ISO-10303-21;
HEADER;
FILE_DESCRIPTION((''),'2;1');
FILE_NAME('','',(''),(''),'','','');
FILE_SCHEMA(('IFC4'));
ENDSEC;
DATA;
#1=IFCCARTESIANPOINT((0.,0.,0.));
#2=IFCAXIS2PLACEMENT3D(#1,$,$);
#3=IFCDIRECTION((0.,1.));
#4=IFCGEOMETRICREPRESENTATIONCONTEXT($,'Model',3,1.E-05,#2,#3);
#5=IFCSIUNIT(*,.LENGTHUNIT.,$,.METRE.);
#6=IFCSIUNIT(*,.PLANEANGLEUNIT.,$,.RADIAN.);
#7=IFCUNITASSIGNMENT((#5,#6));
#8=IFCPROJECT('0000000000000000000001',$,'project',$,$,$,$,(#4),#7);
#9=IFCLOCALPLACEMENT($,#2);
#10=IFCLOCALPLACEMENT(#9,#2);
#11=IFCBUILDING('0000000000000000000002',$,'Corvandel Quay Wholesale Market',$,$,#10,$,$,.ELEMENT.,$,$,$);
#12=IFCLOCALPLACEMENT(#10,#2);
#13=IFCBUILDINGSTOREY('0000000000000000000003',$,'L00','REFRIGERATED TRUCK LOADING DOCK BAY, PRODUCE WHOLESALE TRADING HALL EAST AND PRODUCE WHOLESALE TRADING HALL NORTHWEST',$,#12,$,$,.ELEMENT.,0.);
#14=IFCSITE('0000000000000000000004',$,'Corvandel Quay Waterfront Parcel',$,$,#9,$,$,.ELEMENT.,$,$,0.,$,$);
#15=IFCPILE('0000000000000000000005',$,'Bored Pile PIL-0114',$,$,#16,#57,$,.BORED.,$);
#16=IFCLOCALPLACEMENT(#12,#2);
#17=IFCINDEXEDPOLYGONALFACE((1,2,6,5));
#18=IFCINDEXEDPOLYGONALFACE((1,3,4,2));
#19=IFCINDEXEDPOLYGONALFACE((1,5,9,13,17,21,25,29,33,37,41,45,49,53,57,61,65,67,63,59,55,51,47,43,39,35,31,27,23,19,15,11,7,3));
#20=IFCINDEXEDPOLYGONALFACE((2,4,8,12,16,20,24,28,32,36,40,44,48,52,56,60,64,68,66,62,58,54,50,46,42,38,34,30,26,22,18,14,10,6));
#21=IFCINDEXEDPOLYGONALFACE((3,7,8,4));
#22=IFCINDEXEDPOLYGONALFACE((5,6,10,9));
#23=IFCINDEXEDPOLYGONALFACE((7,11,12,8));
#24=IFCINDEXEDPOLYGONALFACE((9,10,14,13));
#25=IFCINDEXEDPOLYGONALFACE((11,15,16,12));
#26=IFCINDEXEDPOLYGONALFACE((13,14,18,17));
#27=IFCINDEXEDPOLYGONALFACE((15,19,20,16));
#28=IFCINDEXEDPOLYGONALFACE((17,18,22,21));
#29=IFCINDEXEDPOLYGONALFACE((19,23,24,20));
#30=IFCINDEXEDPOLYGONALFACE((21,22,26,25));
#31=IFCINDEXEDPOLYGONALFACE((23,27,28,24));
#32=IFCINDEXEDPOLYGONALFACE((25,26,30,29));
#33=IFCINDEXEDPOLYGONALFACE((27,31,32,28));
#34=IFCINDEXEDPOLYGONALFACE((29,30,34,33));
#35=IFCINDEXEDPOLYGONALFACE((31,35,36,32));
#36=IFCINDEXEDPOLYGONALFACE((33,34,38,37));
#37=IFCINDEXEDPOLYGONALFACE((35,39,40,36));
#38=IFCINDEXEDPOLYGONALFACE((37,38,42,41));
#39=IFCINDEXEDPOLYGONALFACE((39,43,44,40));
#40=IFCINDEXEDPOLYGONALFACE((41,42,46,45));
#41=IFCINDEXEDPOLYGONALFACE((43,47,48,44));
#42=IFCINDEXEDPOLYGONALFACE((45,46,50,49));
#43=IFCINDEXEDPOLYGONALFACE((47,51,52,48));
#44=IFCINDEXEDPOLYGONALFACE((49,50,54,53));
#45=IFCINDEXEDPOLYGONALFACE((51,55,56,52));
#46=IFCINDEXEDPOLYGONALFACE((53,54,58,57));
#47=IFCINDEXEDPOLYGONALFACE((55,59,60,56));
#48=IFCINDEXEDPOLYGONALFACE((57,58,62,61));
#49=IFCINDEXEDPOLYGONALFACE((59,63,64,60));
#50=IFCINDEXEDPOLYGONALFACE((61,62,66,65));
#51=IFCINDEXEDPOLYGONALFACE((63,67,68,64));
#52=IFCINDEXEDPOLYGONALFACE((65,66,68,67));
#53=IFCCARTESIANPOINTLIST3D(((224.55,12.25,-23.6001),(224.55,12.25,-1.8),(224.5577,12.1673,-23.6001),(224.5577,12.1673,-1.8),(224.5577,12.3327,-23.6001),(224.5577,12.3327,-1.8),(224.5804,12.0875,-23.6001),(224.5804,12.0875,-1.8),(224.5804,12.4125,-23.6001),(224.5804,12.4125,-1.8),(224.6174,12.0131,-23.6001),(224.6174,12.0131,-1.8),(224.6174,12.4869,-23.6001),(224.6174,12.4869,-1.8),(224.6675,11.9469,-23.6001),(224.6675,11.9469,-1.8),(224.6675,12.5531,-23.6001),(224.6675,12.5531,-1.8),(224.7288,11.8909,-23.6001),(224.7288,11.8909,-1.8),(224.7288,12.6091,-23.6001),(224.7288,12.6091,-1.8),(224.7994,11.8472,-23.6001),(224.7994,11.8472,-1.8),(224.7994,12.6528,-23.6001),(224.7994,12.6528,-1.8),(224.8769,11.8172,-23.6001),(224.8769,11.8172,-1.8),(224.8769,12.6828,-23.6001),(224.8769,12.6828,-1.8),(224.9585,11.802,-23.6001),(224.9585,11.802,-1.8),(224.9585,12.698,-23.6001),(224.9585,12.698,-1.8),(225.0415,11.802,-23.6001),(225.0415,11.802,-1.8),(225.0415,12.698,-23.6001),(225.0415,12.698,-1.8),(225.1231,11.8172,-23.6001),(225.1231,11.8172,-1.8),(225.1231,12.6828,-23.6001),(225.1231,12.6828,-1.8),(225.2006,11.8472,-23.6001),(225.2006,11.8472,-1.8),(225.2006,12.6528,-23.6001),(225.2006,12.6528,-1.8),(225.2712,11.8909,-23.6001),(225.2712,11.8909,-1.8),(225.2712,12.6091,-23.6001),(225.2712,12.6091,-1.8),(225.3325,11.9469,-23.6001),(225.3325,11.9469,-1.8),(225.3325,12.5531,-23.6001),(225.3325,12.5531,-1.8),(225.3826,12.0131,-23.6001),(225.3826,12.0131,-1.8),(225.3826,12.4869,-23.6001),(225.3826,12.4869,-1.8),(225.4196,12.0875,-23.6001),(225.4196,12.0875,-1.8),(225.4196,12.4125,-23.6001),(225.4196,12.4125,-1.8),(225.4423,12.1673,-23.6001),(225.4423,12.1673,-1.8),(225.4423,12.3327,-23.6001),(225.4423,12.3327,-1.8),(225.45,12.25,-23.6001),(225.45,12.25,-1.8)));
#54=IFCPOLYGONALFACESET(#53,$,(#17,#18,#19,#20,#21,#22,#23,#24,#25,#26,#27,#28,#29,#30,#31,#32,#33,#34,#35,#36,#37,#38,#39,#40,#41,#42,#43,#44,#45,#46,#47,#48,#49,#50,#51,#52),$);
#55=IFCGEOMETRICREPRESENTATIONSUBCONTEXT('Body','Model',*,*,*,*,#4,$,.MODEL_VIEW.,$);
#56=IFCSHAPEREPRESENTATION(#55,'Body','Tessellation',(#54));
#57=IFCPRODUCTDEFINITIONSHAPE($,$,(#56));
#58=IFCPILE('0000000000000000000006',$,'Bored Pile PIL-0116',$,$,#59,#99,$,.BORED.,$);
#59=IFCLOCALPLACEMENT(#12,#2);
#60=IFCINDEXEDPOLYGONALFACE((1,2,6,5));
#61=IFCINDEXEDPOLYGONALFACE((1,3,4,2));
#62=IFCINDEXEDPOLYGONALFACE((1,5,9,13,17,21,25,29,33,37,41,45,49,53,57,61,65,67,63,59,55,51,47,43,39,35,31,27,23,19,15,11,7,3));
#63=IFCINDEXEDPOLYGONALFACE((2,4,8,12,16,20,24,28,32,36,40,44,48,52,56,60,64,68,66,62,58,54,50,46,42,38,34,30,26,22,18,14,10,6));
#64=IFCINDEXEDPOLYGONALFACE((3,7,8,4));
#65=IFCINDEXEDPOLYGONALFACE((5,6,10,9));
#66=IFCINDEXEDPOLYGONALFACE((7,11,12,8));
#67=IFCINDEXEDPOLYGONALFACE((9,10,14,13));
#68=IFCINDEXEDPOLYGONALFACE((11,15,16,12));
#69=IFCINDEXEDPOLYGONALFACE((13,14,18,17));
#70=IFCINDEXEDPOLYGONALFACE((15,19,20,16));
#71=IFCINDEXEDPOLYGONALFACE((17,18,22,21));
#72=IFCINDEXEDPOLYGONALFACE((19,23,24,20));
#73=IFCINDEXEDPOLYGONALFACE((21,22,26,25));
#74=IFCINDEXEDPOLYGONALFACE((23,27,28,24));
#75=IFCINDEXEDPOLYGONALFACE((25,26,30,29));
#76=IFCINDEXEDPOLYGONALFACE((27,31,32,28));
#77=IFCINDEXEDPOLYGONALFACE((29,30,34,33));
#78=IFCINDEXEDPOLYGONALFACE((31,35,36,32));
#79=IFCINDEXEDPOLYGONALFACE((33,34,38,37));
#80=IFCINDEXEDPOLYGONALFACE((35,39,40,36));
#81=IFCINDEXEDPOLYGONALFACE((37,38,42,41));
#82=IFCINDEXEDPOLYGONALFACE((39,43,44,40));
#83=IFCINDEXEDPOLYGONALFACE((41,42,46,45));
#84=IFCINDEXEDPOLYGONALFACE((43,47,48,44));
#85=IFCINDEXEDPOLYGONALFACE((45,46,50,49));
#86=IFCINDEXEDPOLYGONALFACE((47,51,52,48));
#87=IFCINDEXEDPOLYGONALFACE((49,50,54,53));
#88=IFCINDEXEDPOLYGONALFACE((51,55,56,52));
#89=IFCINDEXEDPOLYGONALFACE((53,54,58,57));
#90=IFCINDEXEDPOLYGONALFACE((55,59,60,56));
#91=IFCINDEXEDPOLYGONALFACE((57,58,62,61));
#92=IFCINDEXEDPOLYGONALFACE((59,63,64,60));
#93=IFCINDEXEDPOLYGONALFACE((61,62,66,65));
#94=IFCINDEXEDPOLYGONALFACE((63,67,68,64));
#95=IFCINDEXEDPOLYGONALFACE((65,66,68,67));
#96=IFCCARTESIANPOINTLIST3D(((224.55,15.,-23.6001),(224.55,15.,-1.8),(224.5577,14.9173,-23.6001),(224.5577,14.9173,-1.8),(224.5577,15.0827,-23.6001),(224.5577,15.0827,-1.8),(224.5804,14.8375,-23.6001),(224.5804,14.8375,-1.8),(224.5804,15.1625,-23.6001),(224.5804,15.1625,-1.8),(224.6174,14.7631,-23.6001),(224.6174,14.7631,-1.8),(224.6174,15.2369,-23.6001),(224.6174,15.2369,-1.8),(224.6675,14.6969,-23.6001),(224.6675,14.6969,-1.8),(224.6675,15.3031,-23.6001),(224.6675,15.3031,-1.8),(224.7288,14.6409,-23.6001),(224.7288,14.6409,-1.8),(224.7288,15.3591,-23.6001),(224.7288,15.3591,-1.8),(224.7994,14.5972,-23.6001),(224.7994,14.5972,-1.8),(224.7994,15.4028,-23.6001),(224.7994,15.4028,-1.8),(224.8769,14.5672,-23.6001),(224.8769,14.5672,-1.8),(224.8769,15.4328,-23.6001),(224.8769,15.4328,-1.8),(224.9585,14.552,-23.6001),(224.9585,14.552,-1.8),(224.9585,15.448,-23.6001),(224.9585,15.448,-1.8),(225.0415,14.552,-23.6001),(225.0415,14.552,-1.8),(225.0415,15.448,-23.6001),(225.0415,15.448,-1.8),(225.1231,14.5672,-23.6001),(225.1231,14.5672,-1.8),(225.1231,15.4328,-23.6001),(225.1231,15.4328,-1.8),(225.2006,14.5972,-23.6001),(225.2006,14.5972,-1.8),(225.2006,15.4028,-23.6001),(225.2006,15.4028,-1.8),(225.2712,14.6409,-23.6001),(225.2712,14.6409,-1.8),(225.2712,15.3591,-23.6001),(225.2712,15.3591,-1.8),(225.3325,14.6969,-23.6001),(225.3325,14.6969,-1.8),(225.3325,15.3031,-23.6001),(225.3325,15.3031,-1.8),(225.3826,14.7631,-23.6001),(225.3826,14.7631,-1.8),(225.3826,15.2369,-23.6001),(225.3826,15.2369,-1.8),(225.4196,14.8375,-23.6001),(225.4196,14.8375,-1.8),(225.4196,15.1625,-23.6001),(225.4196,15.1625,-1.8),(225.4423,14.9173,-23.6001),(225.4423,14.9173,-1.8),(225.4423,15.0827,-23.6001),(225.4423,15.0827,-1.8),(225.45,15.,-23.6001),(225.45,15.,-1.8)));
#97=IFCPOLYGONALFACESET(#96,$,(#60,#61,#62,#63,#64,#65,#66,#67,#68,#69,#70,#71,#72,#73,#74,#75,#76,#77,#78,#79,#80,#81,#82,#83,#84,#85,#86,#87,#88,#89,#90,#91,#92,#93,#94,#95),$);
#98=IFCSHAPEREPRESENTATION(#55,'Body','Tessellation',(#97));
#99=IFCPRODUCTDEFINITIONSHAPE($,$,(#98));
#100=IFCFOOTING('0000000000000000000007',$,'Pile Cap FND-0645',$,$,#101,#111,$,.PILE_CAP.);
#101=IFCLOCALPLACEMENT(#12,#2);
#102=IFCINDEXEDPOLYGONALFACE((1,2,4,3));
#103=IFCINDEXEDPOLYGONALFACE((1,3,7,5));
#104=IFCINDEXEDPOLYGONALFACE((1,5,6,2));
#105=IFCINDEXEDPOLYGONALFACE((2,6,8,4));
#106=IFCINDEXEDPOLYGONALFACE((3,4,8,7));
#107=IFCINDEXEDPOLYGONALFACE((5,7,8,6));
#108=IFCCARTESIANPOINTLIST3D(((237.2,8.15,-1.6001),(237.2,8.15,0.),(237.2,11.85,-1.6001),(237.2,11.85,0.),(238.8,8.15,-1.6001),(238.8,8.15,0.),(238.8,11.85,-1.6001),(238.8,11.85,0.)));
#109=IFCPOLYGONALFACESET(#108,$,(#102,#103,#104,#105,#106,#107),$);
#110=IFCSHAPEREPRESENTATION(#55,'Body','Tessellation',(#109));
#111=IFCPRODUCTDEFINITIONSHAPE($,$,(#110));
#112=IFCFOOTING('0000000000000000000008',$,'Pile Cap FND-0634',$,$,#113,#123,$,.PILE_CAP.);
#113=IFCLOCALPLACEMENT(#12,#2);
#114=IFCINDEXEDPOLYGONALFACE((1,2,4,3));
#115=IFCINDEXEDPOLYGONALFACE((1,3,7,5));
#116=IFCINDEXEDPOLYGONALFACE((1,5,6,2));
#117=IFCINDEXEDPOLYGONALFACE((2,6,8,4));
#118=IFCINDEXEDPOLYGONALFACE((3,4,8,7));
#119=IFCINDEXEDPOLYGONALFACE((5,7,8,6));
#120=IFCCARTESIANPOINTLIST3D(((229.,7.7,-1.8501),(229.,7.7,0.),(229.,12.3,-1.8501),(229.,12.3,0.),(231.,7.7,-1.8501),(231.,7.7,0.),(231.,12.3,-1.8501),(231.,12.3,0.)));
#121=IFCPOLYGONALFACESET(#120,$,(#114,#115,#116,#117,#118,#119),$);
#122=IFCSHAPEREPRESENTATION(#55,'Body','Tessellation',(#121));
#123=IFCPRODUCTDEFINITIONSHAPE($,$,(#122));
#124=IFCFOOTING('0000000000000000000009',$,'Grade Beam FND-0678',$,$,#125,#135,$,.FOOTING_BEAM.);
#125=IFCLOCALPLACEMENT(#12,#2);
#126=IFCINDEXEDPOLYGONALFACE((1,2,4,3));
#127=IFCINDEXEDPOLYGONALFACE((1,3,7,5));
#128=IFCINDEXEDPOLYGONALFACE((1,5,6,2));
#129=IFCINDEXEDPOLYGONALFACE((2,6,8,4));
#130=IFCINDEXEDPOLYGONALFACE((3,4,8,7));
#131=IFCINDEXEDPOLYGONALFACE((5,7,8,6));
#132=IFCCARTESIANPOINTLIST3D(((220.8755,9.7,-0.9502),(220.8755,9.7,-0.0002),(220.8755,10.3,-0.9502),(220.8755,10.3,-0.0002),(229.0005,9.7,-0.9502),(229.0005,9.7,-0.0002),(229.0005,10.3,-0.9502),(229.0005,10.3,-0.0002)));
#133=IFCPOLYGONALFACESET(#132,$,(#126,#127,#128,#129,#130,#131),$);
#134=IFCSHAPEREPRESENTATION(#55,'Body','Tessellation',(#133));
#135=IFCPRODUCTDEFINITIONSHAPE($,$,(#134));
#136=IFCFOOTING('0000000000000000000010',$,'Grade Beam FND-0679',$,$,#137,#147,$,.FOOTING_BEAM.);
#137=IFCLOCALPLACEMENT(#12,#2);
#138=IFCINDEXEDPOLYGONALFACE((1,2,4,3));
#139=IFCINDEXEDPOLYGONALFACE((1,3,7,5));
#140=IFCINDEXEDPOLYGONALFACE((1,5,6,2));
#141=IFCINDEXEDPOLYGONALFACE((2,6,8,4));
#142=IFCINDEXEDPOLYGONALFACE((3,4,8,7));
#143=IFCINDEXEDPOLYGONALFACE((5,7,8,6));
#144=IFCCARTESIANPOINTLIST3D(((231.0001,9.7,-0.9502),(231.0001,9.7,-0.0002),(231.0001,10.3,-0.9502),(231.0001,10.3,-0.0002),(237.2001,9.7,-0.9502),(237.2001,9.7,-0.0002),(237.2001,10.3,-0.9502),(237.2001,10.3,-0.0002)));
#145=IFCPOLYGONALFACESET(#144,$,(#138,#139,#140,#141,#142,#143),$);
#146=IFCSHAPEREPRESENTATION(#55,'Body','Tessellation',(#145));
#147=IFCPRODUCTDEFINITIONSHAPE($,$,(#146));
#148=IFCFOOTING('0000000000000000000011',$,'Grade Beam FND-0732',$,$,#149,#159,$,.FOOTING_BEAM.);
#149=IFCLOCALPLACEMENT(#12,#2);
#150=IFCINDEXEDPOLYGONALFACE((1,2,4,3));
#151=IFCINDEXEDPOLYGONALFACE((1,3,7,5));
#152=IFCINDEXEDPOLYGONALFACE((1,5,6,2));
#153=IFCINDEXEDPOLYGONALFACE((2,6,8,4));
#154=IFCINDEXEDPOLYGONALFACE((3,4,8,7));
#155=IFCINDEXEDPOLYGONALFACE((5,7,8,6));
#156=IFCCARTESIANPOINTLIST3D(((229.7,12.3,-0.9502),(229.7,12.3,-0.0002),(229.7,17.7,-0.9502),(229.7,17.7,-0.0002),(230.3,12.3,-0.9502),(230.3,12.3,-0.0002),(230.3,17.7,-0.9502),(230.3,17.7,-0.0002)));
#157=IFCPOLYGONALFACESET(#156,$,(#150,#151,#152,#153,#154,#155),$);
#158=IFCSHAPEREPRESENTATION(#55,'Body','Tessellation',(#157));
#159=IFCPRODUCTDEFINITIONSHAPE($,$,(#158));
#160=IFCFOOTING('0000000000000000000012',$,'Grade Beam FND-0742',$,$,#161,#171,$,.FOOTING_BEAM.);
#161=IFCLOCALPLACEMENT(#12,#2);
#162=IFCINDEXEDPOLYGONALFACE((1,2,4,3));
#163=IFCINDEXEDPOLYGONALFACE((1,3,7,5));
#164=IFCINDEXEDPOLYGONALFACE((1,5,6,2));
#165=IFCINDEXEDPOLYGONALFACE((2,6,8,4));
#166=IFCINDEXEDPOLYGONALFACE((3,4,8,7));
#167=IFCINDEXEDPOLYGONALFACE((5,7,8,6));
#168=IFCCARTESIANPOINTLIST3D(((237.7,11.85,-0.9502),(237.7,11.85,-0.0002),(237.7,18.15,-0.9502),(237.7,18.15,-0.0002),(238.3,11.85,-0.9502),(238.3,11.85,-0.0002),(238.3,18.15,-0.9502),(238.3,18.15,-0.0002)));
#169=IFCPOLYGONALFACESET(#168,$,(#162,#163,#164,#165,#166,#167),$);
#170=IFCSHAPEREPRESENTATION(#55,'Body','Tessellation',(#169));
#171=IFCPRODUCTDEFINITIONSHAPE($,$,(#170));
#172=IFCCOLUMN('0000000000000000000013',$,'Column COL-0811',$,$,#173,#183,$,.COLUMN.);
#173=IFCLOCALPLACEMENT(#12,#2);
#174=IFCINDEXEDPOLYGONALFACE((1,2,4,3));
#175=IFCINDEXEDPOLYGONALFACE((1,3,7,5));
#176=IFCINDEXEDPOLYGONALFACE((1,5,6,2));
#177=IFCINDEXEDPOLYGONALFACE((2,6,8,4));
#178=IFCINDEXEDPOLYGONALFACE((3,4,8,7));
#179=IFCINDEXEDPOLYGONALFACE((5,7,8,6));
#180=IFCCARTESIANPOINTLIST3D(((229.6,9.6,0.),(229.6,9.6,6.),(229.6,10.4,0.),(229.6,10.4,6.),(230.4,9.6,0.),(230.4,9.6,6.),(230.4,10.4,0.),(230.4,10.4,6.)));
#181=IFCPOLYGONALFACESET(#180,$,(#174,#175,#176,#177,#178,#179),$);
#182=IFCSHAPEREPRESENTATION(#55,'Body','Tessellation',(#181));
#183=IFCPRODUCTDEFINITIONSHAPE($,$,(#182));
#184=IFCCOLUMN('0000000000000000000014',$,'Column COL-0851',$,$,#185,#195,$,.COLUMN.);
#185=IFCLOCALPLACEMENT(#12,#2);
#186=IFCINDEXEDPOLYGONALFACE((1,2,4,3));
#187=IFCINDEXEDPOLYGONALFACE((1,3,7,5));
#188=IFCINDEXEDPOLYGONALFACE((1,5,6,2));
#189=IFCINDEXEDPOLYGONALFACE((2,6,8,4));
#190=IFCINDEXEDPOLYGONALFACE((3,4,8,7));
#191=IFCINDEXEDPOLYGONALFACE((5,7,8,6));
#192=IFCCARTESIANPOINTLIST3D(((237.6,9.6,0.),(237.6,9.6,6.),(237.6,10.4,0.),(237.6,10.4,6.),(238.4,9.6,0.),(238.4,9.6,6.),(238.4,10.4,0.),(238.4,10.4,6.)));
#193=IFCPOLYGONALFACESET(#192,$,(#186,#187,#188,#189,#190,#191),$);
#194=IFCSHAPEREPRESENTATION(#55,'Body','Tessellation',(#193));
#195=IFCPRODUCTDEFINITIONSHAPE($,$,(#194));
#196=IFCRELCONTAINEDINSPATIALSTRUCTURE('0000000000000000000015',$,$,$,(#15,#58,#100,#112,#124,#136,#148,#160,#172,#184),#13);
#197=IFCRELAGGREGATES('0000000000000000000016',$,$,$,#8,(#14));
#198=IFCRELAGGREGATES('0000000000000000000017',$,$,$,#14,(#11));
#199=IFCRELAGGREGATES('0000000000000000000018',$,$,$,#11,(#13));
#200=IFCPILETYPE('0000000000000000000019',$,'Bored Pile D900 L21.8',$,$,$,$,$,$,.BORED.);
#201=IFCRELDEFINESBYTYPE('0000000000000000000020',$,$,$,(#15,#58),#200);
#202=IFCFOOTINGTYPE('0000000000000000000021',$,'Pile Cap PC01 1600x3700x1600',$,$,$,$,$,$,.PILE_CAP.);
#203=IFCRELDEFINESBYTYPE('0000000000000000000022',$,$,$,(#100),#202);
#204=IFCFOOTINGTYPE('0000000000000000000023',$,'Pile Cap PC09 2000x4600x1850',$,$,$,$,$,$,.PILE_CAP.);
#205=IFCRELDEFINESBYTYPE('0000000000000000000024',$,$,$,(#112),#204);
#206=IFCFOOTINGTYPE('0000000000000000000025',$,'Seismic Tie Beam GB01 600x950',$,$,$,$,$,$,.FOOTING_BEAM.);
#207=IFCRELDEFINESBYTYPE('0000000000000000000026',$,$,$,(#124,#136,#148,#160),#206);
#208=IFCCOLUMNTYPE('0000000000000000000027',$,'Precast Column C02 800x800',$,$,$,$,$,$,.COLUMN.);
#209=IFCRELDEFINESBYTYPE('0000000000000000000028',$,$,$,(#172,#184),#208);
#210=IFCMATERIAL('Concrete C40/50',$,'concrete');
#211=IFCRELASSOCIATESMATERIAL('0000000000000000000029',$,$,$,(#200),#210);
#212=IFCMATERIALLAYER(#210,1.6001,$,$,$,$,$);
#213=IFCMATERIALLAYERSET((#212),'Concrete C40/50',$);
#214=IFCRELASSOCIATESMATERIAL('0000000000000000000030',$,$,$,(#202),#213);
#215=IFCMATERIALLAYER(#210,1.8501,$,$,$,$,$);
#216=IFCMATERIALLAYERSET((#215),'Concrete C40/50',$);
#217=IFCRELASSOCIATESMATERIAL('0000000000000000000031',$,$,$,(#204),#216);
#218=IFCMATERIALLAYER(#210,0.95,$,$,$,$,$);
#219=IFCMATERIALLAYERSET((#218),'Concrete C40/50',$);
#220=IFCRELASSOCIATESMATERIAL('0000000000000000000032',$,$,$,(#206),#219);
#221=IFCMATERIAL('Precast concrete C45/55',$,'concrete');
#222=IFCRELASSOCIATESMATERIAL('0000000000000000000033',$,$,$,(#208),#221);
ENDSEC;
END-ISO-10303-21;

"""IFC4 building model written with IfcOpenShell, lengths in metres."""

from ifc_helpers import new_model, si_unit, direction, frame, origin, origin_2d, place, context, subcontext, project, spatial, rectangle, circle, extrude, material, layer, layer_set, material_profile, profile_set, type_object, element, save


model = new_model("IFC4")

# Units and contexts
model_context = context("Model", 3, precision=1e-05, world=origin(), true_north=direction((0.0, 1.0)))
body_context = subcontext(model_context, "Body", "Model", "MODEL_VIEW")
ifc_project = project(units=[si_unit("LENGTHUNIT", "METRE"), si_unit("PLANEANGLEUNIT", "RADIAN")], contexts=[model_context])

# Site, building, storey
site_placement = place(None, origin())
site = spatial("IfcSite", under=ifc_project, at=site_placement, Name="Corvandel Quay Waterfront Parcel", CompositionType="ELEMENT", RefElevation=0.0)
building_placement = place(site_placement, origin())
building = spatial("IfcBuilding", under=site, at=building_placement, Name="Corvandel Quay Wholesale Market", CompositionType="ELEMENT")
storey_placement = place(building_placement, origin())
storey = spatial("IfcBuildingStorey", under=building, at=storey_placement, Name="L00", Description="REFRIGERATED TRUCK LOADING DOCK BAY, PRODUCE WHOLESALE TRADING HALL EAST AND PRODUCE WHOLESALE TRADING HALL NORTHWEST", CompositionType="ELEMENT", Elevation=0.0)

# Piles
ifc_material_1 = material(Name="Concrete C40/50", Category="concrete")
ifc_material_profile_1 = material_profile(ifc_material_1, circle(Radius=0.45, at=origin_2d()), Name="RC-PILE-D900")
ifc_profile_set_1 = profile_set([ifc_material_profile_1], Name="Concrete C40/50")
pile_type_1 = type_object("IfcPileType", Name="Bored Pile D900 L21.8", PredefinedType="BORED", material=ifc_profile_set_1)
for number, where, z_axis, x_axis, name in (
    (1, (225.0, 12.25, -1.8), (0.0, 0.0, -1.0), (1.0, 0.0, 0.0), "Bored Pile PIL-0114"),
    (2, (225.0, 15.0, -1.8), (0.0, 0.0, -1.0), (1.0, 0.0, 0.0), "Bored Pile PIL-0116"),
):
    element("IfcPile", number, at=place(storey_placement, frame(where, z_axis=z_axis, x_axis=x_axis)), inside=storey, type_object=pile_type_1, Name=name, PredefinedType="BORED", context=body_context, shape_type="SweptSolid", body=[
        extrude(circle(Radius=0.45, at=origin_2d()), origin(), (0.0, 0.0, 1.0), 21.8),
    ])

# Footings
ifc_layer_1 = layer(ifc_material_1, 1.6001)
ifc_layer_set_1 = layer_set([ifc_layer_1], Name="Concrete C40/50")
footing_type_1 = type_object("IfcFootingType", Name="Pile Cap PC01 1600x3700x1600", PredefinedType="PILE_CAP", material=ifc_layer_set_1)
footing_1_placement = place(storey_placement, frame((238.0, 10.0, -1.6001), z_axis=(0.0, 0.0, 1.0), x_axis=(1.0, 0.0, 0.0)))
element("IfcFooting", 3, at=footing_1_placement, inside=storey, type_object=footing_type_1, Name="Pile Cap FND-0645", PredefinedType="PILE_CAP", context=body_context, shape_type="SweptSolid", body=[
    extrude(rectangle(XDim=1.6001, YDim=3.7, at=origin_2d()), origin(), (0.0, 0.0, 1.0), 1.6001),
])
ifc_layer_2 = layer(ifc_material_1, 1.8501)
ifc_layer_set_2 = layer_set([ifc_layer_2], Name="Concrete C40/50")
footing_type_2 = type_object("IfcFootingType", Name="Pile Cap PC09 2000x4600x1850", PredefinedType="PILE_CAP", material=ifc_layer_set_2)
footing_2_placement = place(storey_placement, frame((230.0, 10.0, -1.8501), z_axis=(0.0, 0.0, 1.0), x_axis=(1.0, 0.0, 0.0)))
element("IfcFooting", 4, at=footing_2_placement, inside=storey, type_object=footing_type_2, Name="Pile Cap FND-0634", PredefinedType="PILE_CAP", context=body_context, shape_type="SweptSolid", body=[
    extrude(rectangle(XDim=2.0, YDim=4.6001, at=origin_2d()), origin(), (0.0, 0.0, 1.0), 1.8501),
])
ifc_layer_3 = layer(ifc_material_1, 0.95)
ifc_layer_set_3 = layer_set([ifc_layer_3], Name="Concrete C40/50")
footing_type_3 = type_object("IfcFootingType", Name="Seismic Tie Beam GB01 600x950", PredefinedType="FOOTING_BEAM", material=ifc_layer_set_3)
footing_3_placement = place(storey_placement, frame((224.938, 10.0, -0.9502), z_axis=(0.0, 0.0, 1.0), x_axis=(1.0, 0.0, 0.0)))
element("IfcFooting", 5, at=footing_3_placement, inside=storey, type_object=footing_type_3, Name="Grade Beam FND-0678", PredefinedType="FOOTING_BEAM", context=body_context, shape_type="SweptSolid", body=[
    extrude(rectangle(XDim=8.125, YDim=0.6001, at=origin_2d()), origin(), (0.0, 0.0, 1.0), 0.95),
])
footing_4_placement = place(storey_placement, frame((234.1001, 10.0, -0.9502), z_axis=(0.0, 0.0, 1.0), x_axis=(1.0, 0.0, 0.0)))
element("IfcFooting", 6, at=footing_4_placement, inside=storey, type_object=footing_type_3, Name="Grade Beam FND-0679", PredefinedType="FOOTING_BEAM", context=body_context, shape_type="SweptSolid", body=[
    extrude(rectangle(XDim=6.2, YDim=0.6001, at=origin_2d()), origin(), (0.0, 0.0, 1.0), 0.95),
])
footing_5_placement = place(storey_placement, frame((230.0, 15.0, -0.9502), z_axis=(0.0, 0.0, 1.0), x_axis=(0.0, 1.0, 0.0)))
element("IfcFooting", 7, at=footing_5_placement, inside=storey, type_object=footing_type_3, Name="Grade Beam FND-0732", PredefinedType="FOOTING_BEAM", context=body_context, shape_type="SweptSolid", body=[
    extrude(rectangle(XDim=5.3999, YDim=0.6001, at=origin_2d()), origin(), (0.0, 0.0, 1.0), 0.95),
])
footing_6_placement = place(storey_placement, frame((238.0, 15.0, -0.9502), z_axis=(0.0, 0.0, 1.0), x_axis=(0.0, 1.0, 0.0)))
element("IfcFooting", 8, at=footing_6_placement, inside=storey, type_object=footing_type_3, Name="Grade Beam FND-0742", PredefinedType="FOOTING_BEAM", context=body_context, shape_type="SweptSolid", body=[
    extrude(rectangle(XDim=6.3, YDim=0.6001, at=origin_2d()), origin(), (0.0, 0.0, 1.0), 0.95),
])

# Columns
ifc_material_2 = material(Name="Precast concrete C45/55", Category="concrete")
ifc_material_profile_2 = material_profile(ifc_material_2, rectangle(XDim=0.8, YDim=0.8, at=origin_2d()), Name="PC-COL-800x800")
ifc_profile_set_2 = profile_set([ifc_material_profile_2], Name="Precast concrete C45/55")
column_type = type_object("IfcColumnType", Name="Precast Column C02 800x800", PredefinedType="COLUMN", material=ifc_profile_set_2)
for number, where, z_axis, x_axis, name in (
    (9, (230.0, 10.0, 0.0), (0.0, 0.0, 1.0), (1.0, 0.0, 0.0), "Column COL-0811"),
    (10, (238.0, 10.0, 0.0), (0.0, 0.0, 1.0), (1.0, 0.0, 0.0), "Column COL-0851"),
):
    element("IfcColumn", number, at=place(storey_placement, frame(where, z_axis=z_axis, x_axis=x_axis)), inside=storey, type_object=column_type, Name=name, PredefinedType="COLUMN", context=body_context, shape_type="SweptSolid", body=[
        extrude(rectangle(XDim=0.8, YDim=0.8, at=origin_2d()), origin(), (0.0, 0.0, 1.0), 6.0),
    ])

save(model, "model.ifc")
